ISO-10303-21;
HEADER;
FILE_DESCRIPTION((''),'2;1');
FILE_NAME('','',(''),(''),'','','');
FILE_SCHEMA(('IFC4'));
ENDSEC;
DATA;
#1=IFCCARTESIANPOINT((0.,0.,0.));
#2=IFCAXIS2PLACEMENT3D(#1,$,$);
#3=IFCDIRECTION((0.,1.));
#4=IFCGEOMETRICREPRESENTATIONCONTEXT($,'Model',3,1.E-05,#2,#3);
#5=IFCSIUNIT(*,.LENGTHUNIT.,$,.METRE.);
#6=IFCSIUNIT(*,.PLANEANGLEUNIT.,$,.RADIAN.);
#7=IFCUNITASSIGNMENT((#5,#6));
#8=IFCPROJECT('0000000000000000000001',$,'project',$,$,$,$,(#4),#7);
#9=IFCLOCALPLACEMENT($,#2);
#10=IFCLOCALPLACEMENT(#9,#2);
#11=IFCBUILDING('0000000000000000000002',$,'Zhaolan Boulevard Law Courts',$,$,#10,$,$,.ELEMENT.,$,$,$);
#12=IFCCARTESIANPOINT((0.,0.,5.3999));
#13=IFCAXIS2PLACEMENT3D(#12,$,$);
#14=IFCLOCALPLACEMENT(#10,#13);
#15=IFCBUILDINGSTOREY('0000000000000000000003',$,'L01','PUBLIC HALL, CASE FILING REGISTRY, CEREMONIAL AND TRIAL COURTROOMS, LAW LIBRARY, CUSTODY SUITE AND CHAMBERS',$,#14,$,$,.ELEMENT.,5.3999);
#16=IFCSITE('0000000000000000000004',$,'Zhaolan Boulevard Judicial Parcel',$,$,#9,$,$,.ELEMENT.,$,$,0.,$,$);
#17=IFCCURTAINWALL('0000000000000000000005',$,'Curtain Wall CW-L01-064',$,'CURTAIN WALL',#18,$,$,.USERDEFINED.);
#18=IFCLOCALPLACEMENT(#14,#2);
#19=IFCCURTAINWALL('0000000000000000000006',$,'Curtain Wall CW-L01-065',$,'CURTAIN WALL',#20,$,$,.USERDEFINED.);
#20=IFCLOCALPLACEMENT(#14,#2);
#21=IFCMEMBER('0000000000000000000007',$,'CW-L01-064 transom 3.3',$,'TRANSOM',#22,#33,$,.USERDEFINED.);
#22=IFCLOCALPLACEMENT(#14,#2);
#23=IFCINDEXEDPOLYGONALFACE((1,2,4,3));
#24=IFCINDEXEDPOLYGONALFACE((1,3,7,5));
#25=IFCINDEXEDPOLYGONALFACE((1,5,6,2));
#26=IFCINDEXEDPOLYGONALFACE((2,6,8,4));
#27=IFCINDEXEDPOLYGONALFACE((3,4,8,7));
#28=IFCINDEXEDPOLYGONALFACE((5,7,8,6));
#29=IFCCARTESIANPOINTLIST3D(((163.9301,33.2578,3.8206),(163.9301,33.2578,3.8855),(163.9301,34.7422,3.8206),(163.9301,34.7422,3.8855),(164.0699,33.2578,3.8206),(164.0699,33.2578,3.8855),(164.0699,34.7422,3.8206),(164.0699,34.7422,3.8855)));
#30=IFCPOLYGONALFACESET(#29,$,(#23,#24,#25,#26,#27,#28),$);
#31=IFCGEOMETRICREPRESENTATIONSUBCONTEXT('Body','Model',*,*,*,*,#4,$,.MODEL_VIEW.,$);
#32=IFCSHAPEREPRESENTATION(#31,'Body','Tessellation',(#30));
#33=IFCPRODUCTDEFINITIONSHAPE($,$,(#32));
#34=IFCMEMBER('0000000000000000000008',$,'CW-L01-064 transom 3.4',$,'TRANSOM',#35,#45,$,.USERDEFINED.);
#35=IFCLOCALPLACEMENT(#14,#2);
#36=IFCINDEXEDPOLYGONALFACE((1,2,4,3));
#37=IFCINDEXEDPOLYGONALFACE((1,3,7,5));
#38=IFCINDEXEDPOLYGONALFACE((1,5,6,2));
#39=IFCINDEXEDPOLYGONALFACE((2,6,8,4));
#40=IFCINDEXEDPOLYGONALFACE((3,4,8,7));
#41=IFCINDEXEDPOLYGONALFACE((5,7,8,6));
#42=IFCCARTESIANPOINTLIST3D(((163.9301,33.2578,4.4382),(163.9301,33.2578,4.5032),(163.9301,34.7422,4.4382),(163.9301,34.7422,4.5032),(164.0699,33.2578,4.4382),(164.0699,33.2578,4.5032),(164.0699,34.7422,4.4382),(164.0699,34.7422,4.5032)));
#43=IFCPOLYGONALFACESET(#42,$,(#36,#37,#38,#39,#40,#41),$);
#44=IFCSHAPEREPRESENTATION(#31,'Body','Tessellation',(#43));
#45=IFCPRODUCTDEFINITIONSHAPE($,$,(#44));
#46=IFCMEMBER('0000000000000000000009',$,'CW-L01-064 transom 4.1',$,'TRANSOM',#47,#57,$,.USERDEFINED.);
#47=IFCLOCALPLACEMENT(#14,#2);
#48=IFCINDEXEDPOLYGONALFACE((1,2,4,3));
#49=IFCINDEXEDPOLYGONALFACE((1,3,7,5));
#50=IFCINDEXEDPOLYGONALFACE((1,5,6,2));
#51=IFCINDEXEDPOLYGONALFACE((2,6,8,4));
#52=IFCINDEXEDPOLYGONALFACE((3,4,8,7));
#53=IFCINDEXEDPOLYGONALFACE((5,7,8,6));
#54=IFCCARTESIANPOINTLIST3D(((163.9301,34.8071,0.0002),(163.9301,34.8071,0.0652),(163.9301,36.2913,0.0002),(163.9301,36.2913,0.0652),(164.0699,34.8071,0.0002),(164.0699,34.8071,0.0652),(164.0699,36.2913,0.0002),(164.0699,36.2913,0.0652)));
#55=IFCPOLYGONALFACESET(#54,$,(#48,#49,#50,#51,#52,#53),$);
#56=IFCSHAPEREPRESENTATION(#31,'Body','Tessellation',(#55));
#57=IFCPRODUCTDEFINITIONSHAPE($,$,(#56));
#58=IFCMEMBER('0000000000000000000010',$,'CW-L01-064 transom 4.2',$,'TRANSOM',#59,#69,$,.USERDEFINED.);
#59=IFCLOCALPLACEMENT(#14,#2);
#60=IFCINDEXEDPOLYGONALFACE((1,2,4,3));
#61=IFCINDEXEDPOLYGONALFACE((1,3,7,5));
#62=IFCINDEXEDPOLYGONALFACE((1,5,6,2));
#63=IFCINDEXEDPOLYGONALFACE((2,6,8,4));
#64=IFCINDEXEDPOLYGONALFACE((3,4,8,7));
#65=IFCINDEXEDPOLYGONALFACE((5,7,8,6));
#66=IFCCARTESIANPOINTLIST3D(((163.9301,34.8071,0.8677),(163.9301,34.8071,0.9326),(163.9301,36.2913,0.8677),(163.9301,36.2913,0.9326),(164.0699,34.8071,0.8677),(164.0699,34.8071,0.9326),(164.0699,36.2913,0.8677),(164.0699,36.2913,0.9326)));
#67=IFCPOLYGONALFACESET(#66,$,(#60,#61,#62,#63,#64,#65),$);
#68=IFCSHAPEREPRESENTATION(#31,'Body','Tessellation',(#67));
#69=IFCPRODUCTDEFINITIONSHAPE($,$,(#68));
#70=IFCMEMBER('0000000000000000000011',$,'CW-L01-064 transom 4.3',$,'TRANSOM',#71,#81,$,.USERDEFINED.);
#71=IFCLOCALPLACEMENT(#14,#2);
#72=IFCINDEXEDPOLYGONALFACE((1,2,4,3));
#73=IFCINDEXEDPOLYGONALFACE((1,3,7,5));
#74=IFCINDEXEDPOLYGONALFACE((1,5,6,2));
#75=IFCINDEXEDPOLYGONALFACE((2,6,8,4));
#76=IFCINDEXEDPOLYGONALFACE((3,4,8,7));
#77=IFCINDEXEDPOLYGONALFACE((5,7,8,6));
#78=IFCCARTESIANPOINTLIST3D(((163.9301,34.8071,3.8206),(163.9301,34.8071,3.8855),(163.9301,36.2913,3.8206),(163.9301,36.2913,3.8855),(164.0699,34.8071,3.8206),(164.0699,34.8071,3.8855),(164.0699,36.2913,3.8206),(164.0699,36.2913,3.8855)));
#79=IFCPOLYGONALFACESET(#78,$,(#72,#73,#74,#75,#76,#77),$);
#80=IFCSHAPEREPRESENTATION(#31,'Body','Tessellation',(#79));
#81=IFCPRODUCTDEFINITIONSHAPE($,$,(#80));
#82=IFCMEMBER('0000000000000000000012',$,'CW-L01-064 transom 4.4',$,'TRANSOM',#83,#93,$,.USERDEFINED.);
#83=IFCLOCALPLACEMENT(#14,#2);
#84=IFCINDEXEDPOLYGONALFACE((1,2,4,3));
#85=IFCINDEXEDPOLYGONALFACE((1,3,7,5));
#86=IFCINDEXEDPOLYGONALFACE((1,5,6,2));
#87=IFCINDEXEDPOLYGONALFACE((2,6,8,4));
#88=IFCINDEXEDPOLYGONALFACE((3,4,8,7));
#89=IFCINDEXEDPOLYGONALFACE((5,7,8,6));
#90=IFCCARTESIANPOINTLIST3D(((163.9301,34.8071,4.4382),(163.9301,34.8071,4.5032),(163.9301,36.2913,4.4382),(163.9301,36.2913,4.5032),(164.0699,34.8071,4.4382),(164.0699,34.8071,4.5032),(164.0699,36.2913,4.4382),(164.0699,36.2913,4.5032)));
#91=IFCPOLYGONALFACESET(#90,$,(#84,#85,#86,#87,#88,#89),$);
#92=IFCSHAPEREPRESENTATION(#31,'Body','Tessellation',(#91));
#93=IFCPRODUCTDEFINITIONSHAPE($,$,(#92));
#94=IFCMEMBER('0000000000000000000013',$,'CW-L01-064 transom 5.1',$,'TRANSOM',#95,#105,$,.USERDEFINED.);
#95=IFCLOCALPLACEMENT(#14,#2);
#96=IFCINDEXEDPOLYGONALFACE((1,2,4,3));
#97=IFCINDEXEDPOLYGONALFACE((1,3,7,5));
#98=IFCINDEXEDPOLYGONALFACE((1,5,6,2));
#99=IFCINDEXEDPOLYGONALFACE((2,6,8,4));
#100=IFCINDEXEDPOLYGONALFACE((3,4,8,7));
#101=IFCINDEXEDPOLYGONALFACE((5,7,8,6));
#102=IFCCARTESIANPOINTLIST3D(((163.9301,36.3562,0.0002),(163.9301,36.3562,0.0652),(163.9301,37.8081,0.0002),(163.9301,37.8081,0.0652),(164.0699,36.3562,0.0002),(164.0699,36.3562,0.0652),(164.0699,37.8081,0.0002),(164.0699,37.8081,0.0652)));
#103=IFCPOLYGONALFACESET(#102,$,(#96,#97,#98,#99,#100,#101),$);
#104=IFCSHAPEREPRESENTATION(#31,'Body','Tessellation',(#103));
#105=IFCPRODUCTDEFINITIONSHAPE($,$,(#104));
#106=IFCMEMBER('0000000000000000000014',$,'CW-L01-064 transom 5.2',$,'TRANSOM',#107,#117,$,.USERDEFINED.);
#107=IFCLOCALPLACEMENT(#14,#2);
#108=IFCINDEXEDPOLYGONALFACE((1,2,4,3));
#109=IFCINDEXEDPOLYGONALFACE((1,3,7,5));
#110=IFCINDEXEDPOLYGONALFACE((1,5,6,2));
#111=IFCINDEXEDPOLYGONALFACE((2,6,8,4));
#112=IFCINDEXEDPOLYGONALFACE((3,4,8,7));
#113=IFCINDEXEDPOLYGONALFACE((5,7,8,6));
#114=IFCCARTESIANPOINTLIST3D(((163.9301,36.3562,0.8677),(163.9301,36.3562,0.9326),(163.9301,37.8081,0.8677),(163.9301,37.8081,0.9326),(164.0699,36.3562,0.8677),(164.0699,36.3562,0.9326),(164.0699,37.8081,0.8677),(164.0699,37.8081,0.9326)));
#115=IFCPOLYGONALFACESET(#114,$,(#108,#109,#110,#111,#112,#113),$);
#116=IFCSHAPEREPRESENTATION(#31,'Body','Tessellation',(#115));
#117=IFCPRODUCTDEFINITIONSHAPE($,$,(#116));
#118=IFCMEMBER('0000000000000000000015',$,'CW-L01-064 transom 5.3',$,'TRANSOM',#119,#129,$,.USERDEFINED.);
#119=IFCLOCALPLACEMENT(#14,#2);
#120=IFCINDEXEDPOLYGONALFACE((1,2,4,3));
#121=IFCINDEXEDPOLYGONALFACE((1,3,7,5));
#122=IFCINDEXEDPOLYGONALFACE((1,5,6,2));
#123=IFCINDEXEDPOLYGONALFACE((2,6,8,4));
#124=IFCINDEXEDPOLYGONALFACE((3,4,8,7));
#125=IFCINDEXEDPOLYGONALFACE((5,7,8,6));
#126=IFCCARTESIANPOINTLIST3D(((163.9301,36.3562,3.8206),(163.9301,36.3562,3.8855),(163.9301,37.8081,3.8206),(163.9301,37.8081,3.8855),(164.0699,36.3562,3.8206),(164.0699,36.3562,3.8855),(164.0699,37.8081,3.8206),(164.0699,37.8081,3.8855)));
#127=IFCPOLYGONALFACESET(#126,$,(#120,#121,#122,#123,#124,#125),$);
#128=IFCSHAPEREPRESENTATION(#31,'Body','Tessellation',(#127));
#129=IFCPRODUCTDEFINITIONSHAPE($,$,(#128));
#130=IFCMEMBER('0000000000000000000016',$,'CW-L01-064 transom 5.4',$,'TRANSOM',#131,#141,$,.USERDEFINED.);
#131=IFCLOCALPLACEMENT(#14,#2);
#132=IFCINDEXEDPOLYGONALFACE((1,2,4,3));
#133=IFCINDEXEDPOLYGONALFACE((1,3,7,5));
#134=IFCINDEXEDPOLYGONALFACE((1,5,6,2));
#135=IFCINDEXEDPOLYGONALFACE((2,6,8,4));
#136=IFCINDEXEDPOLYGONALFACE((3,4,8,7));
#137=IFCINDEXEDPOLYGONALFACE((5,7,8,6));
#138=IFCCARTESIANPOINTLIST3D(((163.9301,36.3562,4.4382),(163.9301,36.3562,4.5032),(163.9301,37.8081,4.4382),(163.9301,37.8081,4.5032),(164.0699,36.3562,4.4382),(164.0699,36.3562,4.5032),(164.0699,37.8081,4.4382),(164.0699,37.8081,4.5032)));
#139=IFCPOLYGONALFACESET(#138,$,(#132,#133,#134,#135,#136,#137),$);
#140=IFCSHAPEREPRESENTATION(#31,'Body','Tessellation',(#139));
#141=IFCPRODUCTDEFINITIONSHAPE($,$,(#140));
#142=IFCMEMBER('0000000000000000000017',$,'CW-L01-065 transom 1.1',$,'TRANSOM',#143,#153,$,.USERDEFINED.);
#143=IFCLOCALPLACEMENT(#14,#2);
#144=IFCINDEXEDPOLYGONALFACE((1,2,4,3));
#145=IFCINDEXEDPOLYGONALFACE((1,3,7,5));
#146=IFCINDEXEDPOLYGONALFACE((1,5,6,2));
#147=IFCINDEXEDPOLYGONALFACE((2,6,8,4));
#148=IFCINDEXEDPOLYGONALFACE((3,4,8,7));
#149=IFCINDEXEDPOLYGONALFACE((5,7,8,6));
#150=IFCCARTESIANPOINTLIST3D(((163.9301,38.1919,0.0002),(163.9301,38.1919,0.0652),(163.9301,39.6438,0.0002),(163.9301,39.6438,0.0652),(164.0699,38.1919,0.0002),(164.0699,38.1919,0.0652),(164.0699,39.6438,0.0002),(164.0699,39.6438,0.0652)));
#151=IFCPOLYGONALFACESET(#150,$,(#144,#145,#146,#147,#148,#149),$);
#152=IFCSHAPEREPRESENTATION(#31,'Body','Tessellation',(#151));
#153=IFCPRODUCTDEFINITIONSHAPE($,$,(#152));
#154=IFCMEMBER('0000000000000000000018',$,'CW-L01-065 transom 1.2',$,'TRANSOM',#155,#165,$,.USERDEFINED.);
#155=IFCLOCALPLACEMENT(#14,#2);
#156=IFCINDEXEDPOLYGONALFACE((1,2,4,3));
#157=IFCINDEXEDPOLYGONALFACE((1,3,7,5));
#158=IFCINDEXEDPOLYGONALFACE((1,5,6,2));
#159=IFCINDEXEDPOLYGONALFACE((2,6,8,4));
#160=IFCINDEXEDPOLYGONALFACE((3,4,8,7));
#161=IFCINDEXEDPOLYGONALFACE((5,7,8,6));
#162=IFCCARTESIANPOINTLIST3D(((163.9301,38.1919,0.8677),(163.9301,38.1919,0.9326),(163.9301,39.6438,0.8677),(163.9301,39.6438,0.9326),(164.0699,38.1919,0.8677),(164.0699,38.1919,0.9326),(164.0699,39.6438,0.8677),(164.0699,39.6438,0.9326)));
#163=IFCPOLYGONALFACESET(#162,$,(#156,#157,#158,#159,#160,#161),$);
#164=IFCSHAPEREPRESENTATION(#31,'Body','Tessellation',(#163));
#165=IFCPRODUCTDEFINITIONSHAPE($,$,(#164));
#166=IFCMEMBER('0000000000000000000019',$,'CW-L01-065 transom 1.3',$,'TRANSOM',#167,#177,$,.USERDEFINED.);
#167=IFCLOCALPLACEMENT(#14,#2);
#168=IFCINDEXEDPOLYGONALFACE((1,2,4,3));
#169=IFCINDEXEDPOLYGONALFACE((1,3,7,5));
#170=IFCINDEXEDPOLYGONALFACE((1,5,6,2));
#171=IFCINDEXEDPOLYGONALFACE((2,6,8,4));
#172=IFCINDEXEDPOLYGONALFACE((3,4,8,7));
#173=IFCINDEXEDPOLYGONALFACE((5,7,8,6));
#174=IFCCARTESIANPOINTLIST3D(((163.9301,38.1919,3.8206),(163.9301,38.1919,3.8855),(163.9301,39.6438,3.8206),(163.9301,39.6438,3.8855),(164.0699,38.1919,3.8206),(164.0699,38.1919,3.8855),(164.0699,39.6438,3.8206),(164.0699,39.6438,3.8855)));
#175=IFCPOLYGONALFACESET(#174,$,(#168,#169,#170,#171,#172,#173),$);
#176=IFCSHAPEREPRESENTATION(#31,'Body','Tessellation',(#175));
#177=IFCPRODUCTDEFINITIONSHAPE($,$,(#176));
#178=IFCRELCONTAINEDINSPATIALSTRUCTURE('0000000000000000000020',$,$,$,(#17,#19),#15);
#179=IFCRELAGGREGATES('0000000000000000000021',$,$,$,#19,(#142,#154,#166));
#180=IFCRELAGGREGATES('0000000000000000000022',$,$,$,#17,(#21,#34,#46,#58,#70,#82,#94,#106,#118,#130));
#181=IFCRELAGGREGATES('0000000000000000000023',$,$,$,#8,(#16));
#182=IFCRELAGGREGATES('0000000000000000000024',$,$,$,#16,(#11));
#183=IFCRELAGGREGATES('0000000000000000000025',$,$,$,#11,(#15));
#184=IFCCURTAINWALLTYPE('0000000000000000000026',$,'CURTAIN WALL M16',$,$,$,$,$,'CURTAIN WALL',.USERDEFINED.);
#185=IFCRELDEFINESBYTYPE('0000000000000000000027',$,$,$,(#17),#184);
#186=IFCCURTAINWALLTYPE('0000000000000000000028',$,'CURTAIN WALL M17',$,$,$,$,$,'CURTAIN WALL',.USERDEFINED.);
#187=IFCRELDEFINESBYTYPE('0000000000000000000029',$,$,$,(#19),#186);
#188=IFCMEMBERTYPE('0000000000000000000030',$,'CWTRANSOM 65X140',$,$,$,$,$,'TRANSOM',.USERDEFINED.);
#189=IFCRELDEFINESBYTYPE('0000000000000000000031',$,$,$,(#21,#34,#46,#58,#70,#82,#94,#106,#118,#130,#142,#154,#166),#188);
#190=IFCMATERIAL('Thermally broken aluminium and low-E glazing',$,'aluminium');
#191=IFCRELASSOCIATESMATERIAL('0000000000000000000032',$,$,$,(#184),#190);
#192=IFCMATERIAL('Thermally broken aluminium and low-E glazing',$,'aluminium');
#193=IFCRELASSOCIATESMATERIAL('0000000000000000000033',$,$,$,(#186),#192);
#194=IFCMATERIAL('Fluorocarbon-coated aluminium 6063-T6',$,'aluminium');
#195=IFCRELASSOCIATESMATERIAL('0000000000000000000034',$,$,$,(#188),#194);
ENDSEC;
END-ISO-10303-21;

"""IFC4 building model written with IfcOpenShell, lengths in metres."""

from ifc_helpers import new_model, si_unit, direction, frame, origin, origin_2d, place, context, subcontext, project, spatial, rectangle, extrude, material, material_profile, profile_set, type_object, element, aggregate, save


model = new_model("IFC4")

# Units and contexts
model_context = context("Model", 3, precision=1e-05, world=origin(), true_north=direction((0.0, 1.0)))
body_context = subcontext(model_context, "Body", "Model", "MODEL_VIEW")
ifc_project = project(units=[si_unit("LENGTHUNIT", "METRE"), si_unit("PLANEANGLEUNIT", "RADIAN")], contexts=[model_context])

# Site, building, storey
site_placement = place(None, origin())
site = spatial("IfcSite", under=ifc_project, at=site_placement, Name="Zhaolan Boulevard Judicial Parcel", CompositionType="ELEMENT", RefElevation=0.0)
building_placement = place(site_placement, origin())
building = spatial("IfcBuilding", under=site, at=building_placement, Name="Zhaolan Boulevard Law Courts", CompositionType="ELEMENT")
storey_placement = place(building_placement, frame((0.0, 0.0, 5.3999)))
storey = spatial("IfcBuildingStorey", under=building, at=storey_placement, Name="L01", Description="PUBLIC HALL, CASE FILING REGISTRY, CEREMONIAL AND TRIAL COURTROOMS, LAW LIBRARY, CUSTODY SUITE AND CHAMBERS", CompositionType="ELEMENT", Elevation=5.3999)

# Curtain wall
ifc_material_1 = material(Name="Thermally broken aluminium and low-E glazing", Category="aluminium")
curtain_wall_type_1 = type_object("IfcCurtainWallType", Name="CURTAIN WALL M16", ElementType="CURTAIN WALL", PredefinedType="USERDEFINED", material=ifc_material_1)
curtain_wall_1_placement = place(storey_placement, origin())
curtain_wall_1 = element("IfcCurtainWall", 1, at=curtain_wall_1_placement, inside=storey, type_object=curtain_wall_type_1, Name="Curtain Wall CW-L01-064", ObjectType="CURTAIN WALL", PredefinedType="USERDEFINED")

# Curtain wall
ifc_material_2 = material(Name="Thermally broken aluminium and low-E glazing", Category="aluminium")
curtain_wall_type_2 = type_object("IfcCurtainWallType", Name="CURTAIN WALL M17", ElementType="CURTAIN WALL", PredefinedType="USERDEFINED", material=ifc_material_2)
curtain_wall_2_placement = place(storey_placement, origin())
curtain_wall_2 = element("IfcCurtainWall", 2, at=curtain_wall_2_placement, inside=storey, type_object=curtain_wall_type_2, Name="Curtain Wall CW-L01-065", ObjectType="CURTAIN WALL", PredefinedType="USERDEFINED")

# Members
ifc_material_3 = material(Name="Fluorocarbon-coated aluminium 6063-T6", Category="aluminium")
ifc_material_profile_1 = material_profile(ifc_material_3, rectangle(XDim=0.1399, YDim=0.0649, at=origin_2d()), Name="AL65x140")
ifc_profile_set_1 = profile_set([ifc_material_profile_1], Name="Fluorocarbon-coated aluminium 6063-T6")
member_type_1 = type_object("IfcMemberType", Name="CWTRANSOM 65X140", ElementType="TRANSOM", PredefinedType="USERDEFINED", material=ifc_profile_set_1)
member_1_placement = place(storey_placement, frame((164.0, 33.2578, 3.853), z_axis=(0.0, 1.0, 0.0), x_axis=(-1.0, 0.0, 0.0)))
member_1 = element("IfcMember", 3, at=member_1_placement, type_object=member_type_1, Name="CW-L01-064 transom 3.3", ObjectType="TRANSOM", PredefinedType="USERDEFINED", context=body_context, shape_type="SweptSolid", body=[
    extrude(rectangle(XDim=0.1399, YDim=0.0649, at=origin_2d()), origin(), (0.0, 0.0, 1.0), 1.4844),
])
member_2_placement = place(storey_placement, frame((164.0, 33.2578, 4.4707), z_axis=(0.0, 1.0, 0.0), x_axis=(-1.0, 0.0, 0.0)))
member_2 = element("IfcMember", 4, at=member_2_placement, type_object=member_type_1, Name="CW-L01-064 transom 3.4", ObjectType="TRANSOM", PredefinedType="USERDEFINED", context=body_context, shape_type="SweptSolid", body=[
    extrude(rectangle(XDim=0.1399, YDim=0.0649, at=origin_2d()), origin(), (0.0, 0.0, 1.0), 1.4844),
])
member_3_placement = place(storey_placement, frame((164.0, 34.8071, 0.0327), z_axis=(0.0, 1.0, 0.0), x_axis=(-1.0, 0.0, 0.0)))
member_3 = element("IfcMember", 5, at=member_3_placement, type_object=member_type_1, Name="CW-L01-064 transom 4.1", ObjectType="TRANSOM", PredefinedType="USERDEFINED", context=body_context, shape_type="SweptSolid", body=[
    extrude(rectangle(XDim=0.1399, YDim=0.0649, at=origin_2d()), origin(), (0.0, 0.0, 1.0), 1.4841),
])
member_4_placement = place(storey_placement, frame((164.0, 34.8071, 0.9001), z_axis=(0.0, 1.0, 0.0), x_axis=(-1.0, 0.0, 0.0)))
member_4 = element("IfcMember", 6, at=member_4_placement, type_object=member_type_1, Name="CW-L01-064 transom 4.2", ObjectType="TRANSOM", PredefinedType="USERDEFINED", context=body_context, shape_type="SweptSolid", body=[
    extrude(rectangle(XDim=0.1399, YDim=0.0649, at=origin_2d()), origin(), (0.0, 0.0, 1.0), 1.4841),
])
member_5_placement = place(storey_placement, frame((164.0, 34.8071, 3.853), z_axis=(0.0, 1.0, 0.0), x_axis=(-1.0, 0.0, 0.0)))
member_5 = element("IfcMember", 7, at=member_5_placement, type_object=member_type_1, Name="CW-L01-064 transom 4.3", ObjectType="TRANSOM", PredefinedType="USERDEFINED", context=body_context, shape_type="SweptSolid", body=[
    extrude(rectangle(XDim=0.1399, YDim=0.0649, at=origin_2d()), origin(), (0.0, 0.0, 1.0), 1.4841),
])
member_6_placement = place(storey_placement, frame((164.0, 34.8071, 4.4707), z_axis=(0.0, 1.0, 0.0), x_axis=(-1.0, 0.0, 0.0)))
member_6 = element("IfcMember", 8, at=member_6_placement, type_object=member_type_1, Name="CW-L01-064 transom 4.4", ObjectType="TRANSOM", PredefinedType="USERDEFINED", context=body_context, shape_type="SweptSolid", body=[
    extrude(rectangle(XDim=0.1399, YDim=0.0649, at=origin_2d()), origin(), (0.0, 0.0, 1.0), 1.4841),
])
member_7_placement = place(storey_placement, frame((164.0, 36.3562, 0.0327), z_axis=(0.0, 1.0, 0.0), x_axis=(-1.0, 0.0, 0.0)))
member_7 = element("IfcMember", 9, at=member_7_placement, type_object=member_type_1, Name="CW-L01-064 transom 5.1", ObjectType="TRANSOM", PredefinedType="USERDEFINED", context=body_context, shape_type="SweptSolid", body=[
    extrude(rectangle(XDim=0.1399, YDim=0.0649, at=origin_2d()), origin(), (0.0, 0.0, 1.0), 1.4519),
])
member_8_placement = place(storey_placement, frame((164.0, 36.3562, 0.9001), z_axis=(0.0, 1.0, 0.0), x_axis=(-1.0, 0.0, 0.0)))
member_8 = element("IfcMember", 10, at=member_8_placement, type_object=member_type_1, Name="CW-L01-064 transom 5.2", ObjectType="TRANSOM", PredefinedType="USERDEFINED", context=body_context, shape_type="SweptSolid", body=[
    extrude(rectangle(XDim=0.1399, YDim=0.0649, at=origin_2d()), origin(), (0.0, 0.0, 1.0), 1.4519),
])
member_9_placement = place(storey_placement, frame((164.0, 36.3562, 3.853), z_axis=(0.0, 1.0, 0.0), x_axis=(-1.0, 0.0, 0.0)))
member_9 = element("IfcMember", 11, at=member_9_placement, type_object=member_type_1, Name="CW-L01-064 transom 5.3", ObjectType="TRANSOM", PredefinedType="USERDEFINED", context=body_context, shape_type="SweptSolid", body=[
    extrude(rectangle(XDim=0.1399, YDim=0.0649, at=origin_2d()), origin(), (0.0, 0.0, 1.0), 1.4519),
])
member_10_placement = place(storey_placement, frame((164.0, 36.3562, 4.4707), z_axis=(0.0, 1.0, 0.0), x_axis=(-1.0, 0.0, 0.0)))
member_10 = element("IfcMember", 12, at=member_10_placement, type_object=member_type_1, Name="CW-L01-064 transom 5.4", ObjectType="TRANSOM", PredefinedType="USERDEFINED", context=body_context, shape_type="SweptSolid", body=[
    extrude(rectangle(XDim=0.1399, YDim=0.0649, at=origin_2d()), origin(), (0.0, 0.0, 1.0), 1.4519),
])
member_11_placement = place(storey_placement, frame((164.0, 38.1919, 0.0327), z_axis=(0.0, 1.0, 0.0), x_axis=(-1.0, 0.0, 0.0)))
member_11 = element("IfcMember", 13, at=member_11_placement, type_object=member_type_1, Name="CW-L01-065 transom 1.1", ObjectType="TRANSOM", PredefinedType="USERDEFINED", context=body_context, shape_type="SweptSolid", body=[
    extrude(rectangle(XDim=0.1399, YDim=0.0649, at=origin_2d()), origin(), (0.0, 0.0, 1.0), 1.4519),
])
member_12_placement = place(storey_placement, frame((164.0, 38.1919, 0.9001), z_axis=(0.0, 1.0, 0.0), x_axis=(-1.0, 0.0, 0.0)))
member_12 = element("IfcMember", 14, at=member_12_placement, type_object=member_type_1, Name="CW-L01-065 transom 1.2", ObjectType="TRANSOM", PredefinedType="USERDEFINED", context=body_context, shape_type="SweptSolid", body=[
    extrude(rectangle(XDim=0.1399, YDim=0.0649, at=origin_2d()), origin(), (0.0, 0.0, 1.0), 1.4519),
])
member_13_placement = place(storey_placement, frame((164.0, 38.1919, 3.853), z_axis=(0.0, 1.0, 0.0), x_axis=(-1.0, 0.0, 0.0)))
member_13 = element("IfcMember", 15, at=member_13_placement, type_object=member_type_1, Name="CW-L01-065 transom 1.3", ObjectType="TRANSOM", PredefinedType="USERDEFINED", context=body_context, shape_type="SweptSolid", body=[
    extrude(rectangle(XDim=0.1399, YDim=0.0649, at=origin_2d()), origin(), (0.0, 0.0, 1.0), 1.4519),
])
aggregate(curtain_wall_2, [member_11, member_12, member_13])

aggregate(curtain_wall_1, [member_1, member_2, member_3, member_4, member_5, member_6, member_7, member_8, member_9, member_10])

save(model, "model.ifc")
